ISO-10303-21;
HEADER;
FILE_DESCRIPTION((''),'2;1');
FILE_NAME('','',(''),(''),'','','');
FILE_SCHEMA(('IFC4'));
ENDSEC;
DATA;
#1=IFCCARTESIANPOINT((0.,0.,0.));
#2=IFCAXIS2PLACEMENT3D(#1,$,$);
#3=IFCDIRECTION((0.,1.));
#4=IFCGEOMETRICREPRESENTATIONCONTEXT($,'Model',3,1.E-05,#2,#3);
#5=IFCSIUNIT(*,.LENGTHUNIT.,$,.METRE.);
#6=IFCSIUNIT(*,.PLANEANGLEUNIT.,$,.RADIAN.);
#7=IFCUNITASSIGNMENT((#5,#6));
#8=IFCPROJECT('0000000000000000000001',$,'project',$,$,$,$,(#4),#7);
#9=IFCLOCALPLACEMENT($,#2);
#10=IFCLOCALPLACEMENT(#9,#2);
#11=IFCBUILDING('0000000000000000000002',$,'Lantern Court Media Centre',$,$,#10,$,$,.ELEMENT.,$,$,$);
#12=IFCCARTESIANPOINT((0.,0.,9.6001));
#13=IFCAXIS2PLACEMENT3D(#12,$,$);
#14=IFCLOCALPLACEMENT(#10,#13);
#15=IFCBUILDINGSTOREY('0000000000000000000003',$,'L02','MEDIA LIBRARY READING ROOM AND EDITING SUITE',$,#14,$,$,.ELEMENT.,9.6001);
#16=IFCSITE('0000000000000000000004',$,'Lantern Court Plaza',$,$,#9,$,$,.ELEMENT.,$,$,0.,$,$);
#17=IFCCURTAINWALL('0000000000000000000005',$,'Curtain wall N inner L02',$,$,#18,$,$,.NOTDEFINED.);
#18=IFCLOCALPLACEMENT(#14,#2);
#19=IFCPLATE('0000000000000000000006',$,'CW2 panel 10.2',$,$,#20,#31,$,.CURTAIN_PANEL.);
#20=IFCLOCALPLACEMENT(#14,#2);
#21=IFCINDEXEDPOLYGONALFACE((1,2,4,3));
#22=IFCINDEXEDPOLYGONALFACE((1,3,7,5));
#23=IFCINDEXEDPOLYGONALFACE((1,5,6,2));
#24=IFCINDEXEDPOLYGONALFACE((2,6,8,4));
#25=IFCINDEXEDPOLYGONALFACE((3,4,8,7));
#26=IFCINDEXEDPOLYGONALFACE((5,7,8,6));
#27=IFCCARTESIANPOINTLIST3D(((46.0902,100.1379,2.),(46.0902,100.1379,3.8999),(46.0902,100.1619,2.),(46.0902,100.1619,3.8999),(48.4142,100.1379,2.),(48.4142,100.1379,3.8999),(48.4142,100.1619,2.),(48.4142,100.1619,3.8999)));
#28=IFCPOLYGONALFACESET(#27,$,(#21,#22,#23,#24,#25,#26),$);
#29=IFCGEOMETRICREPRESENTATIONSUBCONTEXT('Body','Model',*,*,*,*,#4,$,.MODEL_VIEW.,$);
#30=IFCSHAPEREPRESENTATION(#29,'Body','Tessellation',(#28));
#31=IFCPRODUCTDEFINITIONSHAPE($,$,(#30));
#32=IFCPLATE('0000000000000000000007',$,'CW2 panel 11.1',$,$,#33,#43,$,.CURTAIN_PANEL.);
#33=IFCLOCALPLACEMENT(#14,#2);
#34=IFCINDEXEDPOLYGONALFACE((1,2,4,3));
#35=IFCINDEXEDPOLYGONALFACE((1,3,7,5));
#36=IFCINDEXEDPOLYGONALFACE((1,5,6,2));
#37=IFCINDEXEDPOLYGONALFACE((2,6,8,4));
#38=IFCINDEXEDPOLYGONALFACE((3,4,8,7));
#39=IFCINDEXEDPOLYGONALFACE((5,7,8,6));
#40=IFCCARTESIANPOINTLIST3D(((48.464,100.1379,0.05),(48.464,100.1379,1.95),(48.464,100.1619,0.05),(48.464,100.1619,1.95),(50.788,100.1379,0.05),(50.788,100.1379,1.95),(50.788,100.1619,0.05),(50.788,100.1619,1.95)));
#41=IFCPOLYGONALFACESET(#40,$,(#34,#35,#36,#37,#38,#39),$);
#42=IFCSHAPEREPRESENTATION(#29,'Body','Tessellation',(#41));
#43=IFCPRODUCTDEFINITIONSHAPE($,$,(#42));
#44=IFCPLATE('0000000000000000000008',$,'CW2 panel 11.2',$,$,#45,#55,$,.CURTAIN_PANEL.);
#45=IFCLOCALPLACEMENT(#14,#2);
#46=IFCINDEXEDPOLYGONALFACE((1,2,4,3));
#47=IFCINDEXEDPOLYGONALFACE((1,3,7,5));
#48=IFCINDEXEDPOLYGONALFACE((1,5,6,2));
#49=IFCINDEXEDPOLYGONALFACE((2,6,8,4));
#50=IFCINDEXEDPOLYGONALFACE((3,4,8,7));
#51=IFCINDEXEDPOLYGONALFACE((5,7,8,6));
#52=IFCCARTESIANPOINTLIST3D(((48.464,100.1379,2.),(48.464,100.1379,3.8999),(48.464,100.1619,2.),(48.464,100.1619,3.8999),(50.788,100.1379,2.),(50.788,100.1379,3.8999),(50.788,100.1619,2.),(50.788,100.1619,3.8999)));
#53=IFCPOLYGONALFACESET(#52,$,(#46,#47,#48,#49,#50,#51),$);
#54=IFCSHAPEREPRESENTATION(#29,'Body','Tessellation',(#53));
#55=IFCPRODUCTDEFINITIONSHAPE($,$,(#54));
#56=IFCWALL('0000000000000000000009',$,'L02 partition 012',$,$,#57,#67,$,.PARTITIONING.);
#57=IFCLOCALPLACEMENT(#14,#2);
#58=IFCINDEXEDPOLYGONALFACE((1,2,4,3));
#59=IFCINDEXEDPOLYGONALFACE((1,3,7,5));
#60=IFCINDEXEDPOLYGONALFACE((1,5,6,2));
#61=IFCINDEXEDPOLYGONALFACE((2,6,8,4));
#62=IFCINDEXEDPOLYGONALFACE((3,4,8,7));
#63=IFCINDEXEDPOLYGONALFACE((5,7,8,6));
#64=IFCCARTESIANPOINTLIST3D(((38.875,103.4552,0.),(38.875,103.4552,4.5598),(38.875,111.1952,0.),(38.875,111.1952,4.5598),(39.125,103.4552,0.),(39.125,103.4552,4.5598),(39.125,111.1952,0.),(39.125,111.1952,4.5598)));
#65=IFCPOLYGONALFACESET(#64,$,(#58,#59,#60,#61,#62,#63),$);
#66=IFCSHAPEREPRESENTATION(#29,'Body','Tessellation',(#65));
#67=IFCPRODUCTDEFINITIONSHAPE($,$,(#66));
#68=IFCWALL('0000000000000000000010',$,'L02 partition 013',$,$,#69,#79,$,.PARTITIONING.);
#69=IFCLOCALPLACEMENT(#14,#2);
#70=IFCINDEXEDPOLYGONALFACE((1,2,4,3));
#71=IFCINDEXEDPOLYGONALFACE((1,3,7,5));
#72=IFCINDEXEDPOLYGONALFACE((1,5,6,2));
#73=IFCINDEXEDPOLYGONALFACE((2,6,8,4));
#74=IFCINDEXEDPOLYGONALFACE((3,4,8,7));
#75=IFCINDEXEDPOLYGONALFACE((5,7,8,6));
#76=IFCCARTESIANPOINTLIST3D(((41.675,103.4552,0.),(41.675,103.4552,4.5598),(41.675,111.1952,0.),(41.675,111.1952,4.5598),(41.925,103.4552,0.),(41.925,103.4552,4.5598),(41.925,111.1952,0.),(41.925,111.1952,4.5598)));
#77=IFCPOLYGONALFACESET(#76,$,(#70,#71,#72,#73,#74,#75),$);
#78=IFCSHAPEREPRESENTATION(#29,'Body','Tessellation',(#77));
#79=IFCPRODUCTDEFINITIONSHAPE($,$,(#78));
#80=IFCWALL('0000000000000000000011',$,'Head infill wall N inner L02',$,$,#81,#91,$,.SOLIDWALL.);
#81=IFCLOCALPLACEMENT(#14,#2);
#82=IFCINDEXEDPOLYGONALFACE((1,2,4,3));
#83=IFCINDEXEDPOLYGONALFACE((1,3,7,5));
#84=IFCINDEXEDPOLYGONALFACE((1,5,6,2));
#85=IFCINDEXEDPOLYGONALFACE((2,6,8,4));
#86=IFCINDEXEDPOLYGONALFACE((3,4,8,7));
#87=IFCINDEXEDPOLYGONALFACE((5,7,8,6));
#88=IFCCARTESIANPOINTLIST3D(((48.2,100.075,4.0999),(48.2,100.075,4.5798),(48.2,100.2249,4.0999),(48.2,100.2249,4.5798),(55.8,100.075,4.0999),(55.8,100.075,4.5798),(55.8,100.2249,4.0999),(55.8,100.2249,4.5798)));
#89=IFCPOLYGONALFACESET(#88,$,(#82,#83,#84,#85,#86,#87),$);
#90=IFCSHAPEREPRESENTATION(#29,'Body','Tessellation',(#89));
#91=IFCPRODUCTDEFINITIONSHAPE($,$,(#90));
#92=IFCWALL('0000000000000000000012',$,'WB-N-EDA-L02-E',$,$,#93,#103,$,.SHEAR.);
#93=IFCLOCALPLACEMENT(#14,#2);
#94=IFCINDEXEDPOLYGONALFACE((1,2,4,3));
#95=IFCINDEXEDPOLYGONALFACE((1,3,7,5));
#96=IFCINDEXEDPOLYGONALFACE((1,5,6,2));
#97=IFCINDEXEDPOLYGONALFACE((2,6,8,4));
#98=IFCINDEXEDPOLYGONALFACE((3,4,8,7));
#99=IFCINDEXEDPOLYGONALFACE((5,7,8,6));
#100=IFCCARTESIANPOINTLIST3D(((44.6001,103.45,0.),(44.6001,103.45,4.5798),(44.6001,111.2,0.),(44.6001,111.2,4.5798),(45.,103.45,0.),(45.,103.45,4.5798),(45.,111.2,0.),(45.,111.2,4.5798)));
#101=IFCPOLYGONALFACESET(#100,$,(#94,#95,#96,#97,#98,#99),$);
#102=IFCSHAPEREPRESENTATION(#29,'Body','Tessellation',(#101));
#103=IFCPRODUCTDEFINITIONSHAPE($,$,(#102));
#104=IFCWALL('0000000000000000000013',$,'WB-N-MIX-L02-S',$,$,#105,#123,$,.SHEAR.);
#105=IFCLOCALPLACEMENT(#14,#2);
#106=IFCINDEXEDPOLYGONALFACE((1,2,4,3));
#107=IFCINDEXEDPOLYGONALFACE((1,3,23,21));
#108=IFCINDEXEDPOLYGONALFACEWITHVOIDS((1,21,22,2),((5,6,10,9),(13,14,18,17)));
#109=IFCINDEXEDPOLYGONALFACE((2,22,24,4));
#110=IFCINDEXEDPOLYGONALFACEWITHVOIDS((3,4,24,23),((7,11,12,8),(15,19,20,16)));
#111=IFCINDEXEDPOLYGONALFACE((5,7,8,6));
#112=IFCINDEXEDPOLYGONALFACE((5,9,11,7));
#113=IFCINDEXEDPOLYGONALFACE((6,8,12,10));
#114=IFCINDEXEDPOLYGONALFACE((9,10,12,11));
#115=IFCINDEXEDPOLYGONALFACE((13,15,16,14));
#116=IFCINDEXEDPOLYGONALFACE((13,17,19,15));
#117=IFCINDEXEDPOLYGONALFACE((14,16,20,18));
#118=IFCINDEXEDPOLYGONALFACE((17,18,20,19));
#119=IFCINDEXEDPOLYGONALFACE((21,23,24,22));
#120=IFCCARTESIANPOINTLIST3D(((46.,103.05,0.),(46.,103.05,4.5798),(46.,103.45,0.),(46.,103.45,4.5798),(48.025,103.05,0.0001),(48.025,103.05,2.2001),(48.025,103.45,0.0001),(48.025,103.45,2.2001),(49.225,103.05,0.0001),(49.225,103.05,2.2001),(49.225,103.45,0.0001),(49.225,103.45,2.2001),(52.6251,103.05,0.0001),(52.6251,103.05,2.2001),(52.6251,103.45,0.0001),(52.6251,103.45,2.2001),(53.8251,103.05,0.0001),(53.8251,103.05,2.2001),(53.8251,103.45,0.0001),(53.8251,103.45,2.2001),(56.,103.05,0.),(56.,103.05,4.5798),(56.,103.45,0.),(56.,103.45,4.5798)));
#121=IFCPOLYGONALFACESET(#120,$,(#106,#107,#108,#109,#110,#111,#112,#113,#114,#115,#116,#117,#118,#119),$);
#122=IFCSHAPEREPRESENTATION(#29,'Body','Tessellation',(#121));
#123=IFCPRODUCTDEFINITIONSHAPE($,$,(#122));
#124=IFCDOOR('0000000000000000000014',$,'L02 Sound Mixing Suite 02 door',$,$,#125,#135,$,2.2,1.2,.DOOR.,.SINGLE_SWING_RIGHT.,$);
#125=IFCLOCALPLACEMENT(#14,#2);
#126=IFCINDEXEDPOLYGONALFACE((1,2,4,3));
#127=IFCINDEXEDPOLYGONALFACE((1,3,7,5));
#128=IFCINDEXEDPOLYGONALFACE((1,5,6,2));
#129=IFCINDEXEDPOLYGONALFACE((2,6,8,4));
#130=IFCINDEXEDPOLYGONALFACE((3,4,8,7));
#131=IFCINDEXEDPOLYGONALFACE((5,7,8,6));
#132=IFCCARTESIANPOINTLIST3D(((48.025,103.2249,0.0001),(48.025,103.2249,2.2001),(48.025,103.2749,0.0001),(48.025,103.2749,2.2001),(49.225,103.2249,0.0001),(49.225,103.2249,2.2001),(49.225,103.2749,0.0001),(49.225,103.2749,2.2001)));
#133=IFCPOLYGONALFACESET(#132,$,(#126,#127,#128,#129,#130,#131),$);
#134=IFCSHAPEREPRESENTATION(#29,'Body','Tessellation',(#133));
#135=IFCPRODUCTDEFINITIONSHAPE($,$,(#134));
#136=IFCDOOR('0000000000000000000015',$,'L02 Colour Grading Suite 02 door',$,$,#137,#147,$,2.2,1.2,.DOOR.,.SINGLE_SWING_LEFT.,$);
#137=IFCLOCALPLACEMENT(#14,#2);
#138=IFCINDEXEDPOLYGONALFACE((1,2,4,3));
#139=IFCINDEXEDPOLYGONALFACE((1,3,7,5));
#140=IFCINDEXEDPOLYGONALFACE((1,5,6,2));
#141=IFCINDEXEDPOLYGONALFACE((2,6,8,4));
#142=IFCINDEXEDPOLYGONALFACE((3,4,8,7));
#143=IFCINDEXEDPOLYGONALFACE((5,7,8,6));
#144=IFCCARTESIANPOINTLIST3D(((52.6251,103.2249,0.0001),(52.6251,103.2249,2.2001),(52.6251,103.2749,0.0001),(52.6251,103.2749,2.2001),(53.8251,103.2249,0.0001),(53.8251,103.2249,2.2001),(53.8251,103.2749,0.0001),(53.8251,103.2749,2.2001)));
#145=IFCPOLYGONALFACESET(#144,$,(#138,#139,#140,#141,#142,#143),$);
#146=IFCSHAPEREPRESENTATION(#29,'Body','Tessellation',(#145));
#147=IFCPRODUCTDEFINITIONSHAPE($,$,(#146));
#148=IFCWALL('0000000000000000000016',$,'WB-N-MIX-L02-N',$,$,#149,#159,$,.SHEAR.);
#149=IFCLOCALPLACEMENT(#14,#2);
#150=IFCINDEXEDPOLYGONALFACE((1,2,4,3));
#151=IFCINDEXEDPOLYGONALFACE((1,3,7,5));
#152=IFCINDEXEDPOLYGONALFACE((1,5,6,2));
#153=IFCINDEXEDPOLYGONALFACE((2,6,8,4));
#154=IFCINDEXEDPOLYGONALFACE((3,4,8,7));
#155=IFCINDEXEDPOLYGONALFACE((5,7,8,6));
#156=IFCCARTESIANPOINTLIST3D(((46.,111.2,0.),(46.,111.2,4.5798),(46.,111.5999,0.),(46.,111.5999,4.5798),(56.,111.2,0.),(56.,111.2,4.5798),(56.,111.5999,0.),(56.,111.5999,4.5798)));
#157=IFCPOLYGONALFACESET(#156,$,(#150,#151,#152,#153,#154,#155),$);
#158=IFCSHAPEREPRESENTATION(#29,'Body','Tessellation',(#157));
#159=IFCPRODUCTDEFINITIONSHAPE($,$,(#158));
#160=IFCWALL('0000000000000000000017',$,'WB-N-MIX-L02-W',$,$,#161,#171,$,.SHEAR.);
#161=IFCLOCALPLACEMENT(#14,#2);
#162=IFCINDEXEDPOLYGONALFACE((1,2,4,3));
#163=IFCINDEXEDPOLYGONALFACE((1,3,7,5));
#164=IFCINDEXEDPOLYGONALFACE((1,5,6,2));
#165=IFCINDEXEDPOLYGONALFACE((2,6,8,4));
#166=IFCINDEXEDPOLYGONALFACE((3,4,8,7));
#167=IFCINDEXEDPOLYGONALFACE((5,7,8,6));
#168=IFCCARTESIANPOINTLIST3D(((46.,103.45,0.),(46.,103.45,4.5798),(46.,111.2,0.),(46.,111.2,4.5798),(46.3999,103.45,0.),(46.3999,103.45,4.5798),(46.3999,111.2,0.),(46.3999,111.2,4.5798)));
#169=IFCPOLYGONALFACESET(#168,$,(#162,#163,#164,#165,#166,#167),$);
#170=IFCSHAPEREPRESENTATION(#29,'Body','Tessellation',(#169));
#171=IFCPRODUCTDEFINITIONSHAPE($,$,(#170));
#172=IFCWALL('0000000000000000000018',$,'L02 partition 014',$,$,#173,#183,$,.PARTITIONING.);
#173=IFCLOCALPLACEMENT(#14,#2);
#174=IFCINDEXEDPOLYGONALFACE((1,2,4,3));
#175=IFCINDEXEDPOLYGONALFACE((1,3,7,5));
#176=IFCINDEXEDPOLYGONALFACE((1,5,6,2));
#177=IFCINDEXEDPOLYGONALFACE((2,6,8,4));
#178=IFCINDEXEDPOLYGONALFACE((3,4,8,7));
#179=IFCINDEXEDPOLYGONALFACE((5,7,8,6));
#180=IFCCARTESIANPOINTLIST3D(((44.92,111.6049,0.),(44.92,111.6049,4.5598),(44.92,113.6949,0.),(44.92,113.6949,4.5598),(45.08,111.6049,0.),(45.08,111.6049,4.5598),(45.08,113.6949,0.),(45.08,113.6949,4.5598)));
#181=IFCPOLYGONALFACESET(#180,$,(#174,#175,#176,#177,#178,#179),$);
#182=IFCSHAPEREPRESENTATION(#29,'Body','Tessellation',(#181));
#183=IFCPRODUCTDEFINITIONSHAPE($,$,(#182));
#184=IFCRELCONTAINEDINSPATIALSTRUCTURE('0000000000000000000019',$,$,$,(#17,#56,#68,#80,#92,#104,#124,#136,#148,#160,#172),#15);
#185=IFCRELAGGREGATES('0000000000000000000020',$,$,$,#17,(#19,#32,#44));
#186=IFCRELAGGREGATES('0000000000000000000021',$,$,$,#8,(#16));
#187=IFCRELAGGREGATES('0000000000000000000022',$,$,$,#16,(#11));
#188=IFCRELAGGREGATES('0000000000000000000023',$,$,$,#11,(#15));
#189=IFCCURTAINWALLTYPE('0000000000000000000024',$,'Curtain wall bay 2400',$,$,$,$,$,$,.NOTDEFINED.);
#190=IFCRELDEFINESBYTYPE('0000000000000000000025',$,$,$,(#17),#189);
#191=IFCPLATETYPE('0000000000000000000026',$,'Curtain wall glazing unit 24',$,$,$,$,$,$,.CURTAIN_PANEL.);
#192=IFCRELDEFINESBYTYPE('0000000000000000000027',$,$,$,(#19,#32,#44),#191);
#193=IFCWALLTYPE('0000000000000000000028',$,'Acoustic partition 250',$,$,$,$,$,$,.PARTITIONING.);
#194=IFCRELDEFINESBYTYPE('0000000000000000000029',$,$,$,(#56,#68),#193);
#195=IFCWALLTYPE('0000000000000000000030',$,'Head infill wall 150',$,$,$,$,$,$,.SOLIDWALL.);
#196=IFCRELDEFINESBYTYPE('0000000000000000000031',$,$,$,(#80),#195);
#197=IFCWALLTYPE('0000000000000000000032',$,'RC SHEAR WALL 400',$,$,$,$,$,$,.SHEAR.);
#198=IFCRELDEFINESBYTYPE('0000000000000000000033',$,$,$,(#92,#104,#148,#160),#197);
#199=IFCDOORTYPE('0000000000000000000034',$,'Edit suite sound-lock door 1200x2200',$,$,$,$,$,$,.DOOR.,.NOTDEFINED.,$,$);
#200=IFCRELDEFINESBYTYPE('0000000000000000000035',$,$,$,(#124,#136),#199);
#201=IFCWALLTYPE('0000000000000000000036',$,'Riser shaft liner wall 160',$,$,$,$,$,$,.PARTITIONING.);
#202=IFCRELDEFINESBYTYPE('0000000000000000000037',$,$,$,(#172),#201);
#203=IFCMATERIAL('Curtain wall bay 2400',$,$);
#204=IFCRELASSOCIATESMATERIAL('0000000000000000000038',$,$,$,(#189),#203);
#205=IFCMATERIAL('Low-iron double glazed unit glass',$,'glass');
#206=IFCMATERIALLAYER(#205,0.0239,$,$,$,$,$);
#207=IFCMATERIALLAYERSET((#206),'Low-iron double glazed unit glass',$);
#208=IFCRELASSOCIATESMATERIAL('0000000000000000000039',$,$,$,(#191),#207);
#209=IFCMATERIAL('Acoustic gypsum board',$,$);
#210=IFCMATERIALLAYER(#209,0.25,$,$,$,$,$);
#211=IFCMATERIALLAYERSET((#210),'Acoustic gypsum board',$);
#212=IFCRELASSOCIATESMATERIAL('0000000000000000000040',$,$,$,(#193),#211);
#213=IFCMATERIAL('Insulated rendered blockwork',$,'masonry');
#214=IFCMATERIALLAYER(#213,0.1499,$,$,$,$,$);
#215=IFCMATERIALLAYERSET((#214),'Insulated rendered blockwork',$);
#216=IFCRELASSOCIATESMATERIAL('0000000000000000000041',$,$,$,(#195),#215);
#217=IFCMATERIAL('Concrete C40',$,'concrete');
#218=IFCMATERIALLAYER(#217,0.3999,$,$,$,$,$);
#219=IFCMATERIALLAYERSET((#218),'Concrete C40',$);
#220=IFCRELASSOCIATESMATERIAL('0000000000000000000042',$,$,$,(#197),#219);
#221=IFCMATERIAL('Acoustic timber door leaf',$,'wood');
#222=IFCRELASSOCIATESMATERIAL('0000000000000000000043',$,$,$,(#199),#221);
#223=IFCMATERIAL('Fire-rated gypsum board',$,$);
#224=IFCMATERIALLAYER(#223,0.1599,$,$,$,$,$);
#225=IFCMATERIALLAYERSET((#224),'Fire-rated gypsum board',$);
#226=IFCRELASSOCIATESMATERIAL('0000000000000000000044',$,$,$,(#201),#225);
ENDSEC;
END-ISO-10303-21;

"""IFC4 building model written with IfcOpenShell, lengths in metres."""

from ifc_helpers import new_model, si_unit, direction, frame, frame_2d, origin, origin_2d, place, context, subcontext, project, spatial, rectangle, extrude, material, layer, layer_set, type_object, element, fill, aggregate, save


model = new_model("IFC4")

# Units and contexts
model_context = context("Model", 3, precision=1e-05, world=origin(), true_north=direction((0.0, 1.0)))
body_context = subcontext(model_context, "Body", "Model", "MODEL_VIEW")
ifc_project = project(units=[si_unit("LENGTHUNIT", "METRE"), si_unit("PLANEANGLEUNIT", "RADIAN")], contexts=[model_context])

# Site, building, storey
site_placement = place(None, origin())
site = spatial("IfcSite", under=ifc_project, at=site_placement, Name="Lantern Court Plaza", CompositionType="ELEMENT", RefElevation=0.0)
building_placement = place(site_placement, origin())
building = spatial("IfcBuilding", under=site, at=building_placement, Name="Lantern Court Media Centre", CompositionType="ELEMENT")
storey_placement = place(building_placement, frame((0.0, 0.0, 9.6001)))
storey = spatial("IfcBuildingStorey", under=building, at=storey_placement, Name="L02", Description="MEDIA LIBRARY READING ROOM AND EDITING SUITE", CompositionType="ELEMENT", Elevation=9.6001)

# Curtain wall
ifc_material_1 = material(Name="Curtain wall bay 2400")
curtain_wall_type = type_object("IfcCurtainWallType", Name="Curtain wall bay 2400", PredefinedType="NOTDEFINED", material=ifc_material_1)
curtain_wall_placement = place(storey_placement, origin())
curtain_wall = element("IfcCurtainWall", 1, at=curtain_wall_placement, inside=storey, type_object=curtain_wall_type, Name="Curtain wall N inner L02", PredefinedType="NOTDEFINED")

# Plates
ifc_material_2 = material(Name="Low-iron double glazed unit glass", Category="glass")
ifc_layer_1 = layer(ifc_material_2, 0.0239)
ifc_layer_set_1 = layer_set([ifc_layer_1], Name="Low-iron double glazed unit glass")
plate_type = type_object("IfcPlateType", Name="Curtain wall glazing unit 24", PredefinedType="CURTAIN_PANEL", material=ifc_layer_set_1)
plate_1_placement = place(storey_placement, frame((47.2522, 100.1499, 2.0), z_axis=(0.0, 0.0, 1.0), x_axis=(1.0, 0.0, 0.0)))
plate_1 = element("IfcPlate", 2, at=plate_1_placement, type_object=plate_type, Name="CW2 panel 10.2", PredefinedType="CURTAIN_PANEL", context=body_context, shape_type="SweptSolid", body=[
    extrude(rectangle(XDim=2.324, YDim=0.0239, at=origin_2d()), origin(), (0.0, 0.0, 1.0), 1.8999),
])
plate_2_placement = place(storey_placement, frame((49.626, 100.1499, 0.05), z_axis=(0.0, 0.0, 1.0), x_axis=(1.0, 0.0, 0.0)))
plate_2 = element("IfcPlate", 3, at=plate_2_placement, type_object=plate_type, Name="CW2 panel 11.1", PredefinedType="CURTAIN_PANEL", context=body_context, shape_type="SweptSolid", body=[
    extrude(rectangle(XDim=2.324, YDim=0.0239, at=origin_2d()), origin(), (0.0, 0.0, 1.0), 1.8999),
])
plate_3_placement = place(storey_placement, frame((49.626, 100.1499, 2.0), z_axis=(0.0, 0.0, 1.0), x_axis=(1.0, 0.0, 0.0)))
plate_3 = element("IfcPlate", 4, at=plate_3_placement, type_object=plate_type, Name="CW2 panel 11.2", PredefinedType="CURTAIN_PANEL", context=body_context, shape_type="SweptSolid", body=[
    extrude(rectangle(XDim=2.324, YDim=0.0239, at=origin_2d()), origin(), (0.0, 0.0, 1.0), 1.8999),
])
aggregate(curtain_wall, [plate_1, plate_2, plate_3])

# Walls
ifc_material_3 = material(Name="Acoustic gypsum board")
ifc_layer_2 = layer(ifc_material_3, 0.25)
ifc_layer_set_2 = layer_set([ifc_layer_2], Name="Acoustic gypsum board")
wall_type_1 = type_object("IfcWallType", Name="Acoustic partition 250", PredefinedType="PARTITIONING", material=ifc_layer_set_2)
for number, where, z_axis, x_axis, name in (
    (5, (39.0, 103.4551, 0.0), (0.0, 0.0, 1.0), (0.0, 1.0, 0.0), "L02 partition 012"),
    (6, (41.8, 103.4551, 0.0), (0.0, 0.0, 1.0), (0.0, 1.0, 0.0), "L02 partition 013"),
):
    element("IfcWall", number, at=place(storey_placement, frame(where, z_axis=z_axis, x_axis=x_axis)), inside=storey, type_object=wall_type_1, Name=name, PredefinedType="PARTITIONING", context=body_context, shape_type="SweptSolid", body=[
        extrude(rectangle(XDim=7.74, YDim=0.25, at=frame_2d((3.8701, 0.0))), origin(), (0.0, 0.0, 1.0), 4.5598),
    ])
ifc_material_4 = material(Name="Insulated rendered blockwork", Category="masonry")
ifc_layer_3 = layer(ifc_material_4, 0.1499)
ifc_layer_set_3 = layer_set([ifc_layer_3], Name="Insulated rendered blockwork")
wall_type_2 = type_object("IfcWallType", Name="Head infill wall 150", PredefinedType="SOLIDWALL", material=ifc_layer_set_3)
wall_1_placement = place(storey_placement, frame((48.2, 100.1499, 4.0999), z_axis=(0.0, 0.0, 1.0), x_axis=(1.0, 0.0, 0.0)))
element("IfcWall", 7, at=wall_1_placement, inside=storey, type_object=wall_type_2, Name="Head infill wall N inner L02", PredefinedType="SOLIDWALL", context=body_context, shape_type="SweptSolid", body=[
    extrude(rectangle(XDim=7.6001, YDim=0.1499, at=frame_2d((3.8, 0.0))), origin(), (0.0, 0.0, 1.0), 0.48),
])
ifc_material_5 = material(Name="Concrete C40", Category="concrete")
ifc_layer_4 = layer(ifc_material_5, 0.3999)
ifc_layer_set_4 = layer_set([ifc_layer_4], Name="Concrete C40")
wall_type_3 = type_object("IfcWallType", Name="RC SHEAR WALL 400", PredefinedType="SHEAR", material=ifc_layer_set_4)
wall_2_placement = place(storey_placement, frame((44.8, 103.45, 0.0), z_axis=(0.0, 0.0, 1.0), x_axis=(0.0, 1.0, 0.0)))
element("IfcWall", 8, at=wall_2_placement, inside=storey, type_object=wall_type_3, Name="WB-N-EDA-L02-E", PredefinedType="SHEAR", context=body_context, shape_type="SweptSolid", body=[
    extrude(rectangle(XDim=7.75, YDim=0.3999, at=frame_2d((3.875, 0.0))), origin(), (0.0, 0.0, 1.0), 4.5798),
])

# Wall, openings, doors
wall_3_placement = place(storey_placement, frame((46.0, 103.25, 0.0), z_axis=(0.0, 0.0, 1.0), x_axis=(1.0, 0.0, 0.0)))
wall_3 = element("IfcWall", 9, at=wall_3_placement, inside=storey, type_object=wall_type_3, Name="WB-N-MIX-L02-S", PredefinedType="SHEAR", context=body_context, shape_type="SweptSolid", body=[
    extrude(rectangle(XDim=10.0, YDim=0.3999, at=frame_2d((5.0, 0.0))), origin(), (0.0, 0.0, 1.0), 4.5798),
])
opening_1_placement = place(wall_3_placement, frame((2.0249, 0.0, 0.0)))
opening_1 = element("IfcOpeningElement", 10, at=opening_1_placement, cuts=wall_3, PredefinedType="OPENING", context=body_context, shape_type="SweptSolid", body=[
    extrude(rectangle(XDim=1.2, YDim=2.2, at=frame_2d((0.6001, 1.1001))), frame((0.0, 0.21, 0.0), z_axis=(0.0, -1.0, 0.0), x_axis=(1.0, 0.0, 0.0)), (0.0, 0.0, 1.0), 0.4199),
])
opening_2_placement = place(wall_3_placement, frame((6.625, 0.0, 0.0)))
opening_2 = element("IfcOpeningElement", 11, at=opening_2_placement, cuts=wall_3, PredefinedType="OPENING", context=body_context, shape_type="SweptSolid", body=[
    extrude(rectangle(XDim=1.2, YDim=2.2, at=frame_2d((0.6001, 1.1001))), frame((0.0, 0.21, 0.0), z_axis=(0.0, -1.0, 0.0), x_axis=(1.0, 0.0, 0.0)), (0.0, 0.0, 1.0), 0.4199),
])
ifc_material_6 = material(Name="Acoustic timber door leaf", Category="wood")
door_type = type_object("IfcDoorType", Name="Edit suite sound-lock door 1200x2200", OperationType="NOTDEFINED", PredefinedType="DOOR", material=ifc_material_6)
door_1_placement = place(opening_1_placement, origin())
door_1 = element("IfcDoor", 12, at=door_1_placement, inside=storey, type_object=door_type, Name="L02 Sound Mixing Suite 02 door", OperationType="SINGLE_SWING_RIGHT", OverallHeight=2.2, OverallWidth=1.2, PredefinedType="DOOR", context=body_context, shape_type="SweptSolid", body=[
    extrude(rectangle(XDim=1.2, YDim=2.2, at=frame_2d((0.6001, 1.1001))), frame((0.0, 0.0249, 0.0), z_axis=(0.0, -1.0, 0.0), x_axis=(1.0, 0.0, 0.0)), (0.0, 0.0, 1.0), 0.05),
])
fill(opening_1, door_1)
door_2_placement = place(opening_2_placement, origin())
door_2 = element("IfcDoor", 13, at=door_2_placement, inside=storey, type_object=door_type, Name="L02 Colour Grading Suite 02 door", OperationType="SINGLE_SWING_LEFT", OverallHeight=2.2, OverallWidth=1.2, PredefinedType="DOOR", context=body_context, shape_type="SweptSolid", body=[
    extrude(rectangle(XDim=1.2, YDim=2.2, at=frame_2d((0.6001, 1.1001))), frame((0.0, 0.0249, 0.0), z_axis=(0.0, -1.0, 0.0), x_axis=(1.0, 0.0, 0.0)), (0.0, 0.0, 1.0), 0.05),
])
fill(opening_2, door_2)

# Walls
wall_4_placement = place(storey_placement, frame((46.0, 111.3999, 0.0), z_axis=(0.0, 0.0, 1.0), x_axis=(1.0, 0.0, 0.0)))
element("IfcWall", 14, at=wall_4_placement, inside=storey, type_object=wall_type_3, Name="WB-N-MIX-L02-N", PredefinedType="SHEAR", context=body_context, shape_type="SweptSolid", body=[
    extrude(rectangle(XDim=10.0, YDim=0.3999, at=frame_2d((5.0, 0.0))), origin(), (0.0, 0.0, 1.0), 4.5798),
])
wall_5_placement = place(storey_placement, frame((46.2, 103.45, 0.0), z_axis=(0.0, 0.0, 1.0), x_axis=(0.0, 1.0, 0.0)))
element("IfcWall", 15, at=wall_5_placement, inside=storey, type_object=wall_type_3, Name="WB-N-MIX-L02-W", PredefinedType="SHEAR", context=body_context, shape_type="SweptSolid", body=[
    extrude(rectangle(XDim=7.75, YDim=0.3999, at=frame_2d((3.875, 0.0))), origin(), (0.0, 0.0, 1.0), 4.5798),
])
ifc_material_7 = material(Name="Fire-rated gypsum board")
ifc_layer_5 = layer(ifc_material_7, 0.1599)
ifc_layer_set_5 = layer_set([ifc_layer_5], Name="Fire-rated gypsum board")
wall_type_4 = type_object("IfcWallType", Name="Riser shaft liner wall 160", PredefinedType="PARTITIONING", material=ifc_layer_set_5)
for number, where, z_axis, x_axis, name in (
    (16, (45.0, 111.605, 0.0), (0.0, 0.0, 1.0), (0.0, 1.0, 0.0), "L02 partition 014"),
):
    element("IfcWall", number, at=place(storey_placement, frame(where, z_axis=z_axis, x_axis=x_axis)), inside=storey, type_object=wall_type_4, Name=name, PredefinedType="PARTITIONING", context=body_context, shape_type="SweptSolid", body=[
        extrude(rectangle(XDim=2.0901, YDim=0.1599, at=frame_2d((1.0449, 0.0))), origin(), (0.0, 0.0, 1.0), 4.5598),
    ])

save(model, "model.ifc")
